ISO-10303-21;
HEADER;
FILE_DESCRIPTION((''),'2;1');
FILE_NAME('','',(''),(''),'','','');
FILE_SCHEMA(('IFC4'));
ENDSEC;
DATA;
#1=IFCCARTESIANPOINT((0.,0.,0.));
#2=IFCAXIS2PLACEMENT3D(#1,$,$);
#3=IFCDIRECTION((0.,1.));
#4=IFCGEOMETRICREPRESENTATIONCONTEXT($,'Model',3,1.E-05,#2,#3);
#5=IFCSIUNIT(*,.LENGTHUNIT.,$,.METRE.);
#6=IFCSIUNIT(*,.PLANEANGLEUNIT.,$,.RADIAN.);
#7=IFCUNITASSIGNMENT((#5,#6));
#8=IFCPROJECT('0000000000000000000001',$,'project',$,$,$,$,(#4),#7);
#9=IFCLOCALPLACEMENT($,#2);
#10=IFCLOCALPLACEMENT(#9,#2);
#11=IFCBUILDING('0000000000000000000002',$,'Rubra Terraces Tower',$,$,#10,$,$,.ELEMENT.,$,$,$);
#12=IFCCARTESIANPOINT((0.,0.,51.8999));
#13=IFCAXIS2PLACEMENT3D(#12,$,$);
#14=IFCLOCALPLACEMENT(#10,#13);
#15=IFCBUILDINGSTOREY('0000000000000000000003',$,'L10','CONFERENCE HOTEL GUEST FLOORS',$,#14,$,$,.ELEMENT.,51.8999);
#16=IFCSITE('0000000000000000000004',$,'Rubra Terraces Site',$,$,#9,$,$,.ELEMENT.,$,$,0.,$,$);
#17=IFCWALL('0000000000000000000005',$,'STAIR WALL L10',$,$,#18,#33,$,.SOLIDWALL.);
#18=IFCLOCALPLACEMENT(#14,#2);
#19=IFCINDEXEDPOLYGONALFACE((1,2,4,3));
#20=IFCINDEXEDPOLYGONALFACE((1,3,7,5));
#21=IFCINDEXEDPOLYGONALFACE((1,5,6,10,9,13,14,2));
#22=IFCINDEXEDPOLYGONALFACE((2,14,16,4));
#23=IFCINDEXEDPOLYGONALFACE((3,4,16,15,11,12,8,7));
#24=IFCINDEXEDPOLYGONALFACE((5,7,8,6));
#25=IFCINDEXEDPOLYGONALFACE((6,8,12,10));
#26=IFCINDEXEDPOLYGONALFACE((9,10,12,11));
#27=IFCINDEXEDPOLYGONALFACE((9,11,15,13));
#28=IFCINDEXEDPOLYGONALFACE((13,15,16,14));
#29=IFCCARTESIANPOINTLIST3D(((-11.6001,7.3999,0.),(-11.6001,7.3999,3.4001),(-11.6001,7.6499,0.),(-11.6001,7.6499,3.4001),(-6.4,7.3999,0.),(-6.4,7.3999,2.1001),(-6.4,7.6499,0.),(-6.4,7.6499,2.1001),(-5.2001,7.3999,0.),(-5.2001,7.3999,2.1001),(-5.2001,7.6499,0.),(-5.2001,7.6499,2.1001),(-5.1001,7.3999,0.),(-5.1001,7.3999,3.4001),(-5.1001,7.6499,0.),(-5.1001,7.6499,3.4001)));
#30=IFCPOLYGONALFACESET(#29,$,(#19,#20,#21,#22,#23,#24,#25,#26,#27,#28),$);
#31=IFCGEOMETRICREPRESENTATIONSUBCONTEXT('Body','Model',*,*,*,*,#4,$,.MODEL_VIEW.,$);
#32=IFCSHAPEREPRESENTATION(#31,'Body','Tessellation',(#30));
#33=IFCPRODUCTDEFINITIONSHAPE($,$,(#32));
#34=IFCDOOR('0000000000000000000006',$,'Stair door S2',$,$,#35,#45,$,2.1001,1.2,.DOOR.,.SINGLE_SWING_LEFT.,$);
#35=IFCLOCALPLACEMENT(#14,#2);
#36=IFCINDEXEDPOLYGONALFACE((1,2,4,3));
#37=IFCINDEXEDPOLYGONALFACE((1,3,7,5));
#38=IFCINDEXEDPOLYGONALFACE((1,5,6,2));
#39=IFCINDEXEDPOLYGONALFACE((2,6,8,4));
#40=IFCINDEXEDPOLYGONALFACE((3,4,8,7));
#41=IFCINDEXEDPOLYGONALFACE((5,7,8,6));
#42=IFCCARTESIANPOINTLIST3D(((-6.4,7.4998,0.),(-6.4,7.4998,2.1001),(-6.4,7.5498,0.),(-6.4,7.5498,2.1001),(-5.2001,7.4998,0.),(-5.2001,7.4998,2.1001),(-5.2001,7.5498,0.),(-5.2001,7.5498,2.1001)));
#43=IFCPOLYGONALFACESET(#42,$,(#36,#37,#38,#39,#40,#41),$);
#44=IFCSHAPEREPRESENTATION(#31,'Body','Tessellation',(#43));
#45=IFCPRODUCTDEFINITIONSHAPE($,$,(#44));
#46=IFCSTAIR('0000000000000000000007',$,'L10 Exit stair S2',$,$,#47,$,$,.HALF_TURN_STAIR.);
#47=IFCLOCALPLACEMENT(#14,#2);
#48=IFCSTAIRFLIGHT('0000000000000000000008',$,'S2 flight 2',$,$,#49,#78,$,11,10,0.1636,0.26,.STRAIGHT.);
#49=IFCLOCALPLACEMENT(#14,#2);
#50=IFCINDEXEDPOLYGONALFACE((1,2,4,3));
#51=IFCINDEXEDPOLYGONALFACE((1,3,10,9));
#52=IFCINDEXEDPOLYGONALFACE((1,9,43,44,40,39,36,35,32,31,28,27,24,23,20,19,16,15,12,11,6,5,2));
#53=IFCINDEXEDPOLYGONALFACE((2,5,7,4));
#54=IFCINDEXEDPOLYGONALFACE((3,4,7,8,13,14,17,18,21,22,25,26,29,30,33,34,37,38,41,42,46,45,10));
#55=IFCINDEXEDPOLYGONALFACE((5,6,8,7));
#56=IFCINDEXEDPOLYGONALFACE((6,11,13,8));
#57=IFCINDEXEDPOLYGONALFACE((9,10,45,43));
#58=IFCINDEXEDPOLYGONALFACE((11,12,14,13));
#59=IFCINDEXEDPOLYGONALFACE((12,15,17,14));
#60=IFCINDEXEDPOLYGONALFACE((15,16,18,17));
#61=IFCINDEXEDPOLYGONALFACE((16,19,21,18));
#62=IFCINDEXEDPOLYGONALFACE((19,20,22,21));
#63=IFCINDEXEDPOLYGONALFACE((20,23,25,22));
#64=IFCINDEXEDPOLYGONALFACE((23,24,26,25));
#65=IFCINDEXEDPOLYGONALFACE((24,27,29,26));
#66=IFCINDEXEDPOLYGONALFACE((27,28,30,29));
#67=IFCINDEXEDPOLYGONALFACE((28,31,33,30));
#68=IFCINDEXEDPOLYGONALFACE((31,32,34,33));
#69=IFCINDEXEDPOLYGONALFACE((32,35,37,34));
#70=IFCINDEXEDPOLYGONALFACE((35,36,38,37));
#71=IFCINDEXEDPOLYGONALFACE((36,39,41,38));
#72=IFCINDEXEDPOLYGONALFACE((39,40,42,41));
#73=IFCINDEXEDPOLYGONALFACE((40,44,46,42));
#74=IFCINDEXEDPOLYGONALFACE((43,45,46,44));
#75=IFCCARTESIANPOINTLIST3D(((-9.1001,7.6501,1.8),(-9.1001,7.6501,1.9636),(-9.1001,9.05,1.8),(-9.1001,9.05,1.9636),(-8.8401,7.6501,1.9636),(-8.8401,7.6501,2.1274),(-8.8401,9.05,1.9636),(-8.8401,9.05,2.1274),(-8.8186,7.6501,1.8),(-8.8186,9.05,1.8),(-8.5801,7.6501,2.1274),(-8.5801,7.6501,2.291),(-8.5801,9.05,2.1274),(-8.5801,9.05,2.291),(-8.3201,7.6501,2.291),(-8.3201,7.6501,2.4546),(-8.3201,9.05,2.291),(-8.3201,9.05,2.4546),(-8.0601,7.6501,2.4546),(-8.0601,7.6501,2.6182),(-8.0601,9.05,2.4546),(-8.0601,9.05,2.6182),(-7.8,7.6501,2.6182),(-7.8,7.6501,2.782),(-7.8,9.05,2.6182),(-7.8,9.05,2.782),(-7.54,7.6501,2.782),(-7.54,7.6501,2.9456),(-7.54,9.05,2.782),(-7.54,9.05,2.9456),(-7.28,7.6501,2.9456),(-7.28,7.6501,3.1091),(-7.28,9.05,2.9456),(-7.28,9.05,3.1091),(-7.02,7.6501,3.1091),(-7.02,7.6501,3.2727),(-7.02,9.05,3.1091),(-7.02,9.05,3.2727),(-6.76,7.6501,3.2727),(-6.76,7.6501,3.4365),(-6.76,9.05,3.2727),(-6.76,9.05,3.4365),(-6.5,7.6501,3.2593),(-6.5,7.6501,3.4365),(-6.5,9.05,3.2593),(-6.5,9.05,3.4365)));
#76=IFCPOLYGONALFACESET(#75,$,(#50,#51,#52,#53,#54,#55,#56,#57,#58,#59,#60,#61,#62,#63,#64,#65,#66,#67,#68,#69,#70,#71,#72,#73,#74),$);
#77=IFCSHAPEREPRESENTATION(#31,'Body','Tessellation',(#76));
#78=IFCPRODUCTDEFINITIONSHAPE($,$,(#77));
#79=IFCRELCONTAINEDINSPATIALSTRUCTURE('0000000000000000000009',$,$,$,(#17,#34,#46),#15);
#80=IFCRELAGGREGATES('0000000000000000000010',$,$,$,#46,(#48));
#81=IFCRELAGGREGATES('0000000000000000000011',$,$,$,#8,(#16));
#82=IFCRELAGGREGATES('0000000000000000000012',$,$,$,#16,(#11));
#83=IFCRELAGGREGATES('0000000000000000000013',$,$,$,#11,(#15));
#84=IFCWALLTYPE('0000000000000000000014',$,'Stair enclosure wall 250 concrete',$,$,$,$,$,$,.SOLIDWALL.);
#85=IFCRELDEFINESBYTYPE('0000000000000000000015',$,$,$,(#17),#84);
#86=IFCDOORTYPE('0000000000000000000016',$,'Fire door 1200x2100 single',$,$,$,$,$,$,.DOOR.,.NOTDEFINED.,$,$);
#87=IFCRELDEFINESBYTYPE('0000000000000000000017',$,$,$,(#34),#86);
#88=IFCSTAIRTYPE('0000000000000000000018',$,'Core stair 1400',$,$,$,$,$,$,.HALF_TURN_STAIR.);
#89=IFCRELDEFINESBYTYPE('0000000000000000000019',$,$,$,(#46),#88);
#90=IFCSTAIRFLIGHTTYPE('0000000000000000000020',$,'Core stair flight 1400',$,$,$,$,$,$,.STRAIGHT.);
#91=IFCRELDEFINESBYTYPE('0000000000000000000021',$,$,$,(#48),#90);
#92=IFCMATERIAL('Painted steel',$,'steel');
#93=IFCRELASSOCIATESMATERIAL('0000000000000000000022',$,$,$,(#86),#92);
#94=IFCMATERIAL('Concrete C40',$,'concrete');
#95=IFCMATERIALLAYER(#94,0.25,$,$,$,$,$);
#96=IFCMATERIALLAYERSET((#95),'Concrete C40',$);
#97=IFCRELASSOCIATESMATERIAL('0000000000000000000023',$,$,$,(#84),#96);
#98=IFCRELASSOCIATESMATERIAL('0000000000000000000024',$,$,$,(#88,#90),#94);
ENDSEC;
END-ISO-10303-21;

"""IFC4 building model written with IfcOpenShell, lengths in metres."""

from ifc_helpers import new_model, si_unit, direction, frame, frame_2d, origin, place, context, subcontext, project, spatial, polyline, rectangle, outline, extrude, material, layer, layer_set, type_object, element, fill, aggregate, save


model = new_model("IFC4")

# Units and contexts
model_context = context("Model", 3, precision=1e-05, world=origin(), true_north=direction((0.0, 1.0)))
body_context = subcontext(model_context, "Body", "Model", "MODEL_VIEW")
ifc_project = project(units=[si_unit("LENGTHUNIT", "METRE"), si_unit("PLANEANGLEUNIT", "RADIAN")], contexts=[model_context])

# Site, building, storey
site_placement = place(None, origin())
site = spatial("IfcSite", under=ifc_project, at=site_placement, Name="Rubra Terraces Site", CompositionType="ELEMENT", RefElevation=0.0)
building_placement = place(site_placement, origin())
building = spatial("IfcBuilding", under=site, at=building_placement, Name="Rubra Terraces Tower", CompositionType="ELEMENT")
storey_placement = place(building_placement, frame((0.0, 0.0, 51.8999)))
storey = spatial("IfcBuildingStorey", under=building, at=storey_placement, Name="L10", Description="CONFERENCE HOTEL GUEST FLOORS", CompositionType="ELEMENT", Elevation=51.8999)

# Shared definitions
ifc_material_1 = material(Name="Painted steel", Category="steel")
door_type_1 = type_object("IfcDoorType", Name="Fire door 1200x2100 single", OperationType="NOTDEFINED", PredefinedType="DOOR", material=ifc_material_1)

# Wall, opening, door
ifc_material_2 = material(Name="Concrete C40", Category="concrete")
ifc_layer_1 = layer(ifc_material_2, 0.25)
ifc_layer_set_1 = layer_set([ifc_layer_1], Name="Concrete C40")
wall_type_1 = type_object("IfcWallType", Name="Stair enclosure wall 250 concrete", PredefinedType="SOLIDWALL", material=ifc_layer_set_1)
wall_1_placement = place(storey_placement, frame((-11.6001, 7.5249, 0.0), z_axis=(0.0, 0.0, 1.0), x_axis=(1.0, 0.0, 0.0)))
wall_1 = element("IfcWall", 1, at=wall_1_placement, inside=storey, type_object=wall_type_1, Name="STAIR WALL L10", PredefinedType="SOLIDWALL", context=body_context, shape_type="SweptSolid", body=[
    extrude(rectangle(XDim=6.5, YDim=0.25, at=frame_2d((3.25, 0.0))), origin(), (0.0, 0.0, 1.0), 3.4001),
])
opening_1_placement = place(wall_1_placement, frame((5.2, 0.0, 0.0)))
opening_1 = element("IfcOpeningElement", 2, at=opening_1_placement, cuts=wall_1, PredefinedType="OPENING", context=body_context, shape_type="SweptSolid", body=[
    extrude(rectangle(XDim=1.2, YDim=2.1001, at=frame_2d((0.6001, 1.05))), frame((0.0, 0.135, 0.0), z_axis=(0.0, -1.0, 0.0), x_axis=(1.0, 0.0, 0.0)), (0.0, 0.0, 1.0), 0.27),
])
door_1_placement = place(opening_1_placement, origin())
door_1 = element("IfcDoor", 3, at=door_1_placement, inside=storey, type_object=door_type_1, Name="Stair door S2", OperationType="SINGLE_SWING_LEFT", OverallHeight=2.1001, OverallWidth=1.2, PredefinedType="DOOR", context=body_context, shape_type="SweptSolid", body=[
    extrude(rectangle(XDim=1.2, YDim=2.1001, at=frame_2d((0.6001, 1.05))), frame((0.0, 0.0249, 0.0), z_axis=(0.0, -1.0, 0.0), x_axis=(1.0, 0.0, 0.0)), (0.0, 0.0, 1.0), 0.05),
])
fill(opening_1, door_1)

# Stair, stair flight
stair_type = type_object("IfcStairType", Name="Core stair 1400", PredefinedType="HALF_TURN_STAIR", material=ifc_material_2)
stair_placement = place(storey_placement, origin())
stair = element("IfcStair", 4, at=stair_placement, inside=storey, type_object=stair_type, Name="L10 Exit stair S2", PredefinedType="HALF_TURN_STAIR")
stair_flight_type = type_object("IfcStairFlightType", Name="Core stair flight 1400", PredefinedType="STRAIGHT", material=ifc_material_2)
stair_flight_placement = place(storey_placement, frame((-9.1001, 8.3501, 1.8), z_axis=(0.0, 0.0, 1.0), x_axis=(1.0, 0.0, 0.0)))
stair_flight = element("IfcStairFlight", 5, at=stair_flight_placement, type_object=stair_flight_type, Name="S2 flight 2", NumberOfRisers=11, NumberOfTreads=10, PredefinedType="STRAIGHT", RiserHeight=0.1636, TreadLength=0.26, context=body_context, shape_type="SweptSolid", body=[
    extrude(outline(polyline([(0.0, 0.0), (0.0, 0.1636), (0.26, 0.1636), (0.26, 0.3274), (0.52, 0.3274), (0.52, 0.491), (0.78, 0.491), (0.78, 0.6545), (1.04, 0.6545), (1.04, 0.8181), (1.3, 0.8181), (1.3, 0.9819), (1.5601, 0.9819), (1.5601, 1.1455), (1.8201, 1.1455), (1.8201, 1.3091), (2.0801, 1.3091), (2.0801, 1.4727), (2.3401, 1.4727), (2.3401, 1.6365), (2.6001, 1.6365), (2.6001, 1.8), (2.6001, 1.4592), (0.2815, 0.0), (0.0, 0.0)])), frame((0.0, 0.7, 0.0), z_axis=(0.0, -1.0, 0.0), x_axis=(1.0, 0.0, 0.0)), (0.0, 0.0, 1.0), 1.3999),
])
aggregate(stair, [stair_flight])

save(model, "model.ifc")
